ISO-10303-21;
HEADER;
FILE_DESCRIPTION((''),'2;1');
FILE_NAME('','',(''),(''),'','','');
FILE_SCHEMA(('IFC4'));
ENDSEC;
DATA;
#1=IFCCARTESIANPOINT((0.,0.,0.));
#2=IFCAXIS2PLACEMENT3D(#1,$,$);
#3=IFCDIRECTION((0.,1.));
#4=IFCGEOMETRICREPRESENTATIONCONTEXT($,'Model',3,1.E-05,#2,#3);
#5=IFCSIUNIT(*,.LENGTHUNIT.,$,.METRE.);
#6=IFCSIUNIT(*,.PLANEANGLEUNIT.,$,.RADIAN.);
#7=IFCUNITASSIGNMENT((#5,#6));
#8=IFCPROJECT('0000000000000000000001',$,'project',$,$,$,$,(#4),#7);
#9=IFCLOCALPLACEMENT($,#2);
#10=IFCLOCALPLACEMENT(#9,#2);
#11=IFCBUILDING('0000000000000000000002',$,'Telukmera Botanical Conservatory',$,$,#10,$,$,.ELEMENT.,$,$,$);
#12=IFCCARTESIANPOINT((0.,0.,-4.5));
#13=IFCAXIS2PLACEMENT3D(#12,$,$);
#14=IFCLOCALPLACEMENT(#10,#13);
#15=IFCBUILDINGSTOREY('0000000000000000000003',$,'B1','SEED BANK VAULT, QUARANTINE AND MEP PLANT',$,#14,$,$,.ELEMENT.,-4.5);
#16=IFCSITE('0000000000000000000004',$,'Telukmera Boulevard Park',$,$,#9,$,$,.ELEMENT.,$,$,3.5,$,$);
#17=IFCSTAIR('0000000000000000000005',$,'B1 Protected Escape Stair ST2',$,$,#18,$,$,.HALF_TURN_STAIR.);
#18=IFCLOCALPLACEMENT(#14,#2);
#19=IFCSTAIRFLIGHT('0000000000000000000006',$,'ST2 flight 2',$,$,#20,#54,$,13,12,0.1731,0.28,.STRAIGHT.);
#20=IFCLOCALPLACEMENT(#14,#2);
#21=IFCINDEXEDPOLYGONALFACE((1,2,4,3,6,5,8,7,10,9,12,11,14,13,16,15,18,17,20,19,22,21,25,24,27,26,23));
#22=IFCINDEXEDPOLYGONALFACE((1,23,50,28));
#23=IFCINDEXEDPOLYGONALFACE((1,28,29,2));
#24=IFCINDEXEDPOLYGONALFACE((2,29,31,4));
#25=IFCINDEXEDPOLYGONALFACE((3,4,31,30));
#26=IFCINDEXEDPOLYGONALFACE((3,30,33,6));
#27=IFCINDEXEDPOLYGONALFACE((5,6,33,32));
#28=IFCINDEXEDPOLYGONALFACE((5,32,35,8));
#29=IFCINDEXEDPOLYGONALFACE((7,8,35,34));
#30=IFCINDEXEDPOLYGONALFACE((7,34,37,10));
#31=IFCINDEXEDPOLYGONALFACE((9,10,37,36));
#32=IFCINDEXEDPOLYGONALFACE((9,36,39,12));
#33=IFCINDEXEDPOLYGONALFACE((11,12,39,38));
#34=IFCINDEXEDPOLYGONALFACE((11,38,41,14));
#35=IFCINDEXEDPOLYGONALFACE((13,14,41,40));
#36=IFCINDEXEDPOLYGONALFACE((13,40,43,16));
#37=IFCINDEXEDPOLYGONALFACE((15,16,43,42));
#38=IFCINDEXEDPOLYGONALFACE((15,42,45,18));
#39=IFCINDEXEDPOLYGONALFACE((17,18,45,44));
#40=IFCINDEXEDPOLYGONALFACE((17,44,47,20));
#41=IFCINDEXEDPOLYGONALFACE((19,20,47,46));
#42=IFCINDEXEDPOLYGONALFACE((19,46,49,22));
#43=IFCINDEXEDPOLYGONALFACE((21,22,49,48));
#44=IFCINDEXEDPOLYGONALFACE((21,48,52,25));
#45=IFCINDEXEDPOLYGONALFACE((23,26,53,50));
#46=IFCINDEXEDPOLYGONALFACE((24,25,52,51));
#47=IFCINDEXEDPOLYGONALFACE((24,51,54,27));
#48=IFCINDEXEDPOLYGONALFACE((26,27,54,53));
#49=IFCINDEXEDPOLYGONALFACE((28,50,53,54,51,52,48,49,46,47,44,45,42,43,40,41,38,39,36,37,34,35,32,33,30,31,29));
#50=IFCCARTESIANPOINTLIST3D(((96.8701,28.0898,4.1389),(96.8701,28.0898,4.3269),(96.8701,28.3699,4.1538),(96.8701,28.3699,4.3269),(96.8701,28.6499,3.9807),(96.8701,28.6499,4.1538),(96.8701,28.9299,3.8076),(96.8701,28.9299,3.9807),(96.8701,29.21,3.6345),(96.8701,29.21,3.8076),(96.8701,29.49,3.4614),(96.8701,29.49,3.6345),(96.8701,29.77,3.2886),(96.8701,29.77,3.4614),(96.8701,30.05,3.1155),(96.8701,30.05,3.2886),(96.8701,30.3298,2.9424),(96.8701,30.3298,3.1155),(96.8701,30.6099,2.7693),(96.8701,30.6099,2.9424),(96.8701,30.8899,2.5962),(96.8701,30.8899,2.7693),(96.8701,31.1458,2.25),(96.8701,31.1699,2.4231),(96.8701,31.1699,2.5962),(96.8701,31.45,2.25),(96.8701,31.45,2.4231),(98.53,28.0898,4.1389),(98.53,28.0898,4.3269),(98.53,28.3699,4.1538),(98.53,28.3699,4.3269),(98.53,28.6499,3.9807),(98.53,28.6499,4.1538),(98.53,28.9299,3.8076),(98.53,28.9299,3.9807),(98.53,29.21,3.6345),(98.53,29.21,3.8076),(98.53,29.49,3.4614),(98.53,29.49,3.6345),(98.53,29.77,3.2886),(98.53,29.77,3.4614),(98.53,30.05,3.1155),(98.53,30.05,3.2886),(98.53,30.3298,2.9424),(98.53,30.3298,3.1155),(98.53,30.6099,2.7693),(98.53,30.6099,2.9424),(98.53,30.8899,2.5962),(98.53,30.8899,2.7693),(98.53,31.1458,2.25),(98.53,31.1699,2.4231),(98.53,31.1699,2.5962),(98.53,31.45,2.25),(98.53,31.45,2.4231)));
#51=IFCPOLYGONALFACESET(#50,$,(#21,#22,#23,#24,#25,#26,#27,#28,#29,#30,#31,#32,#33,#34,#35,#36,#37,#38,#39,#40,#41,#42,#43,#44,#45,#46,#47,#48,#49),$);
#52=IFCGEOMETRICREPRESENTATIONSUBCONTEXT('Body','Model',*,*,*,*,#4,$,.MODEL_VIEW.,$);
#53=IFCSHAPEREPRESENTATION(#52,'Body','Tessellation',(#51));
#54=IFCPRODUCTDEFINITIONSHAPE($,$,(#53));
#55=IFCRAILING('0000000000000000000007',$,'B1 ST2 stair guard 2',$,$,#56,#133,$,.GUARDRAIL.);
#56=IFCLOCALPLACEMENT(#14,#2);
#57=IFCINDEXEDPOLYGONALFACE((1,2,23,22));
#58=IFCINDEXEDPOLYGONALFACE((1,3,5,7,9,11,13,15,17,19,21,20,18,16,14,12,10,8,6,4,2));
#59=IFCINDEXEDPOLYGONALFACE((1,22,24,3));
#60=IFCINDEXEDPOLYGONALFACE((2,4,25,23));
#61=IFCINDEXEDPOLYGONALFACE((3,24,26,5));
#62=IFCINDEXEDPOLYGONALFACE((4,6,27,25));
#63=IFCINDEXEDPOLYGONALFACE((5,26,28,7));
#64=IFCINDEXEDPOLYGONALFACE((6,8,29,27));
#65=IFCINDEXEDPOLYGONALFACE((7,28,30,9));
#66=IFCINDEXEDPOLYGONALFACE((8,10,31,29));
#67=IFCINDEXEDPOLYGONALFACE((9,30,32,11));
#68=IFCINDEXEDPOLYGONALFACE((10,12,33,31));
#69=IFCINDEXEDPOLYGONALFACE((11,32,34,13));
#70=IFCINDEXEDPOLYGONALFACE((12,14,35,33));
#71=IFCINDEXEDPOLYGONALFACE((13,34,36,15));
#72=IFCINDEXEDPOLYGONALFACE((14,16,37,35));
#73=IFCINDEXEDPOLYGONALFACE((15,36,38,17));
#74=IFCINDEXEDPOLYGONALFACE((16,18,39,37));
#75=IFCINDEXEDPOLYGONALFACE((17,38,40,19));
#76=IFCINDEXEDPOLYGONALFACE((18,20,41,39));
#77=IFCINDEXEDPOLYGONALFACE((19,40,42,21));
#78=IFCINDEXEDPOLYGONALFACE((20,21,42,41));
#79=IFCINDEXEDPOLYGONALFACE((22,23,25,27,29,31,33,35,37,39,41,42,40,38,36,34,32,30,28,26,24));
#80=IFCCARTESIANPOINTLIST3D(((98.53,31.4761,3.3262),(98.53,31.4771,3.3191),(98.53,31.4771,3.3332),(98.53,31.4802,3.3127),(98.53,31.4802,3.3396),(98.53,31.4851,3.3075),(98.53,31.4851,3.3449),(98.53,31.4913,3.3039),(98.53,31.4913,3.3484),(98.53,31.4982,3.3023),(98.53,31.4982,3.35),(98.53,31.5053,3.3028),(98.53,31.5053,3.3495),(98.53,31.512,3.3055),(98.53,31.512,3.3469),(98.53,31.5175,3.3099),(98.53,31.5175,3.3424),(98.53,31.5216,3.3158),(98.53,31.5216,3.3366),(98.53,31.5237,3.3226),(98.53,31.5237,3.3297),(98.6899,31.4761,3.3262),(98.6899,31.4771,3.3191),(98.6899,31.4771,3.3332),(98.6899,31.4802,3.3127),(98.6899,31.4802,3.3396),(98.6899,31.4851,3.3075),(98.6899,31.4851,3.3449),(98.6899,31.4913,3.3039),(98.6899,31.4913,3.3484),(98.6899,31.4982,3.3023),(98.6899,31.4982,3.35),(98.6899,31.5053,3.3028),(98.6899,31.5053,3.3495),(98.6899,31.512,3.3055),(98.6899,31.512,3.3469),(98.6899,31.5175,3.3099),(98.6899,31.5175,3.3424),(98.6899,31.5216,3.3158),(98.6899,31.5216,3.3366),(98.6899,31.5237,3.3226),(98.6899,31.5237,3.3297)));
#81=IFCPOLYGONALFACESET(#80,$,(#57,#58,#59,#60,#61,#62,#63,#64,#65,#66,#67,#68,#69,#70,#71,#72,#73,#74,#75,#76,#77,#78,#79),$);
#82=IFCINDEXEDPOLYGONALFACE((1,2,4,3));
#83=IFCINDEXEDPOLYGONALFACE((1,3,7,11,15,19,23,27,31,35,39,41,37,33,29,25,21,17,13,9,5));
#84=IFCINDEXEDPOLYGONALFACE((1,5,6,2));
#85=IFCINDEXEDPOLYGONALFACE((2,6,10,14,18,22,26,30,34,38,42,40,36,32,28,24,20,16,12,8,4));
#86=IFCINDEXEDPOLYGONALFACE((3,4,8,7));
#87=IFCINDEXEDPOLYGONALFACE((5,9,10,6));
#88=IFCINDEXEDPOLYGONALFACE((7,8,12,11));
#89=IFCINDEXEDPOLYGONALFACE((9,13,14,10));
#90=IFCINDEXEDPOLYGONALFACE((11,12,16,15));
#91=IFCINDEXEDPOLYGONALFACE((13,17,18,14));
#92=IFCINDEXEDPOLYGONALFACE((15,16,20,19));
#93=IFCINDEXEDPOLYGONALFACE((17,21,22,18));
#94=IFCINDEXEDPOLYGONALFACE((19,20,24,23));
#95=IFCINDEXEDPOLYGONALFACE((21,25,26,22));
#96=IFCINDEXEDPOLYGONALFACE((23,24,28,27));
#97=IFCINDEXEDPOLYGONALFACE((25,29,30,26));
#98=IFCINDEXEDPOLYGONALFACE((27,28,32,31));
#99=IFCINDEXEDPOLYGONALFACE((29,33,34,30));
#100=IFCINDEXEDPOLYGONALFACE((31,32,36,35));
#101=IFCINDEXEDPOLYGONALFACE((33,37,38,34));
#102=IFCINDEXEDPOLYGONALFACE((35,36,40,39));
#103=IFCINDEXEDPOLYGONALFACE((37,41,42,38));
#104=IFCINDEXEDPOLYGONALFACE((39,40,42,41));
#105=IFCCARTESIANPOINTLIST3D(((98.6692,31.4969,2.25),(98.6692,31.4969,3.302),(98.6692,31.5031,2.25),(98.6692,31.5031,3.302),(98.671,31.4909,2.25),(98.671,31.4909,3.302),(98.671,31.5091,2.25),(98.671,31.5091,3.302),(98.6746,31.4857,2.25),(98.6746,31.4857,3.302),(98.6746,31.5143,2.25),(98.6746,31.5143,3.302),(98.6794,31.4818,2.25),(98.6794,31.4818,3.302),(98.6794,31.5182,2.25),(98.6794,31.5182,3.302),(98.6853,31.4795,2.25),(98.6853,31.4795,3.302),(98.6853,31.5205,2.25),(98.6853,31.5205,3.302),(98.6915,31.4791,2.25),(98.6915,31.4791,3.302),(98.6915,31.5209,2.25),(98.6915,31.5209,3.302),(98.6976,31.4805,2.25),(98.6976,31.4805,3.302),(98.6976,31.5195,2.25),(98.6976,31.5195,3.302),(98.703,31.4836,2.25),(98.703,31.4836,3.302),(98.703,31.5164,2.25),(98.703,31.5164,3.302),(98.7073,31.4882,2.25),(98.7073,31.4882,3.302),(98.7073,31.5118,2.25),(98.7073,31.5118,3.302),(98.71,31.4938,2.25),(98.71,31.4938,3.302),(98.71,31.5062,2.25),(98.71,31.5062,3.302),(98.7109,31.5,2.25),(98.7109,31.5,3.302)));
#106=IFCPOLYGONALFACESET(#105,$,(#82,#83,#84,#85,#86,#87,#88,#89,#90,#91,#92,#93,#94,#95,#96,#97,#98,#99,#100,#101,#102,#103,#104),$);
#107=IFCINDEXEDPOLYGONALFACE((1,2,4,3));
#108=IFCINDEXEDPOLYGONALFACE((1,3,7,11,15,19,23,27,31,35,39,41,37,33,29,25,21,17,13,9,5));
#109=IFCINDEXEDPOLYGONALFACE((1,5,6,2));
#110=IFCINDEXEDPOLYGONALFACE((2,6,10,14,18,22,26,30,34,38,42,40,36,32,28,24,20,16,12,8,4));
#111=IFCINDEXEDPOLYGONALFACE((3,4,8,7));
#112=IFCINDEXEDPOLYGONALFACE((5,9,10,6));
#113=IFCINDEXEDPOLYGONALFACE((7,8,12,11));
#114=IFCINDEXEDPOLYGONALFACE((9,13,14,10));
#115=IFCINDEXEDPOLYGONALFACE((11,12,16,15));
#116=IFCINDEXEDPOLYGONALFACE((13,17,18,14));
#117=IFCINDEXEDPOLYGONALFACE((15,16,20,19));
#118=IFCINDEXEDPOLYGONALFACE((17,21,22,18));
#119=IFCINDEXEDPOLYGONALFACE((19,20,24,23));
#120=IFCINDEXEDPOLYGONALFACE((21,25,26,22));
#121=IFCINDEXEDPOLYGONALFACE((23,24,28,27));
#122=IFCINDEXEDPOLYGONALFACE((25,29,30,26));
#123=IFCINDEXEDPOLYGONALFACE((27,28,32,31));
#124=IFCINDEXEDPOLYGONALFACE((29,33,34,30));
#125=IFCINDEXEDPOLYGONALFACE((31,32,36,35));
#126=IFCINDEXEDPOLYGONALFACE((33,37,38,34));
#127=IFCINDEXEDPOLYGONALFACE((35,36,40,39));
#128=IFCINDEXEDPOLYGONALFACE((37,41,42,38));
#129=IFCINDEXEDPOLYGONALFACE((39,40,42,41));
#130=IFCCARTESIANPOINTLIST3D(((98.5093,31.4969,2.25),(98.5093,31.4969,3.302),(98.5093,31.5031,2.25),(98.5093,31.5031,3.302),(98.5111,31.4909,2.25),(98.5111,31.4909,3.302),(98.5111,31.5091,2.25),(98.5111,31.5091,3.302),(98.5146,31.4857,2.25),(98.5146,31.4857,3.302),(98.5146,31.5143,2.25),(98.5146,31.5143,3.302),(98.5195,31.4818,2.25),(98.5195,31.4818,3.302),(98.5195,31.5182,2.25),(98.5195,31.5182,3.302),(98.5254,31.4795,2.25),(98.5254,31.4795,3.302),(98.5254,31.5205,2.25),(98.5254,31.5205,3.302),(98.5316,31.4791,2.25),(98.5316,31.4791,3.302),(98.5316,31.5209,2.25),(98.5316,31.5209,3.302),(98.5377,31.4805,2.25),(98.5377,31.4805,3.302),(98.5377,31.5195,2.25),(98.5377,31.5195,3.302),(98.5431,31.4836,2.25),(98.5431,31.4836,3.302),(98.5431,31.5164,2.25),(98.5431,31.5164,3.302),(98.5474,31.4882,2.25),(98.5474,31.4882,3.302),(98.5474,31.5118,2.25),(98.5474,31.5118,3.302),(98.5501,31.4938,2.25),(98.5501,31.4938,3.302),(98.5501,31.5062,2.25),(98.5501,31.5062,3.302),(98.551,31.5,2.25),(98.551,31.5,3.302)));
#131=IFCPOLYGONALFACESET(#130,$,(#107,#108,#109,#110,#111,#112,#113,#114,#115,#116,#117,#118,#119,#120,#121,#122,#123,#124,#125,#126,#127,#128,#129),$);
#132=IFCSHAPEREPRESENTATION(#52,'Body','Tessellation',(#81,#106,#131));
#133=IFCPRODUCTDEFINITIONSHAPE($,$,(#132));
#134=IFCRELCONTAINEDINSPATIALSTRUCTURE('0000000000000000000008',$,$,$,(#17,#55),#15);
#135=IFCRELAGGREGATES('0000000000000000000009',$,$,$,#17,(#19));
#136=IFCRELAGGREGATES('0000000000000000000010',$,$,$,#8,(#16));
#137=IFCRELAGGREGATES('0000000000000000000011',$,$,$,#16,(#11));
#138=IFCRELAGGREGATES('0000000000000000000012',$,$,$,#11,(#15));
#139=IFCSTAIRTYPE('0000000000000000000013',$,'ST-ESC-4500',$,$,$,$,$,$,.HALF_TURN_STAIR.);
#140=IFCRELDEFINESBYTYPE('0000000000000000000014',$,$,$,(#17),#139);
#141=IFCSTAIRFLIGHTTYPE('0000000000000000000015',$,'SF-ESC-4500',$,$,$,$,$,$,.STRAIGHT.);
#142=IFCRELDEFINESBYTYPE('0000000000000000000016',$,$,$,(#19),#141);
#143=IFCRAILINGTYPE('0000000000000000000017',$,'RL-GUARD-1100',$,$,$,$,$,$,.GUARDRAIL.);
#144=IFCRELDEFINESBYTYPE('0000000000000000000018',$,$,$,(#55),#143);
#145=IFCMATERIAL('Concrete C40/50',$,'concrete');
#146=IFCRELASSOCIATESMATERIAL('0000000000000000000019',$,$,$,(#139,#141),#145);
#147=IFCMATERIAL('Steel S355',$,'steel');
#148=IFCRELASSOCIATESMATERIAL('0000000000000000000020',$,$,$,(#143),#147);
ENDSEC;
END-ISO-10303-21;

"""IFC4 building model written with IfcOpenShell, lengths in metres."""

from ifc_helpers import new_model, si_unit, direction, frame, origin, origin_2d, place, context, subcontext, project, spatial, polyline, circle, outline, extrude, material, type_object, element, aggregate, save


model = new_model("IFC4")

# Units and contexts
model_context = context("Model", 3, precision=1e-05, world=origin(), true_north=direction((0.0, 1.0)))
body_context = subcontext(model_context, "Body", "Model", "MODEL_VIEW")
ifc_project = project(units=[si_unit("LENGTHUNIT", "METRE"), si_unit("PLANEANGLEUNIT", "RADIAN")], contexts=[model_context])

# Site, building, storey
site_placement = place(None, origin())
site = spatial("IfcSite", under=ifc_project, at=site_placement, Name="Telukmera Boulevard Park", CompositionType="ELEMENT", RefElevation=3.5)
building_placement = place(site_placement, origin())
building = spatial("IfcBuilding", under=site, at=building_placement, Name="Telukmera Botanical Conservatory", CompositionType="ELEMENT")
storey_placement = place(building_placement, frame((0.0, 0.0, -4.5)))
storey = spatial("IfcBuildingStorey", under=building, at=storey_placement, Name="B1", Description="SEED BANK VAULT, QUARANTINE AND MEP PLANT", CompositionType="ELEMENT", Elevation=-4.5)

# Shared definitions
ifc_material_1 = material(Name="Concrete C40/50", Category="concrete")

# Stair, stair flight
stair_type = type_object("IfcStairType", Name="ST-ESC-4500", PredefinedType="HALF_TURN_STAIR", material=ifc_material_1)
stair_placement = place(storey_placement, origin())
stair = element("IfcStair", 1, at=stair_placement, inside=storey, type_object=stair_type, Name="B1 Protected Escape Stair ST2", PredefinedType="HALF_TURN_STAIR")
stair_flight_type = type_object("IfcStairFlightType", Name="SF-ESC-4500", PredefinedType="STRAIGHT", material=ifc_material_1)
stair_flight_placement = place(storey_placement, frame((97.7, 31.45, 2.25), z_axis=(0.0, 0.0, 1.0), x_axis=(0.0, -1.0, 0.0)))
stair_flight = element("IfcStairFlight", 2, at=stair_flight_placement, type_object=stair_flight_type, Name="ST2 flight 2", NumberOfRisers=13, NumberOfTreads=12, PredefinedType="STRAIGHT", RiserHeight=0.1731, TreadLength=0.28, context=body_context, shape_type="SweptSolid", body=[
    extrude(outline(polyline([(0.0, 0.0), (0.0, 0.1731), (0.28, 0.1731), (0.28, 0.3462), (0.5601, 0.3462), (0.5601, 0.5193), (0.8401, 0.5193), (0.8401, 0.6924), (1.1201, 0.6924), (1.1201, 0.8655), (1.3999, 0.8655), (1.3999, 1.0386), (1.6799, 1.0386), (1.6799, 1.2114), (1.96, 1.2114), (1.96, 1.3845), (2.24, 1.3845), (2.24, 1.5576), (2.52, 1.5576), (2.52, 1.7307), (2.8, 1.7307), (2.8, 1.9038), (3.0801, 1.9038), (3.0801, 2.0769), (3.3601, 2.0769), (3.3601, 2.25), (3.3601, 1.8889), (0.3042, 0.0), (0.0, 0.0)])), frame((0.0, 0.8301, 0.0), z_axis=(0.0, -1.0, 0.0), x_axis=(1.0, 0.0, 0.0)), (0.0, 0.0, 1.0), 1.6599),
])
aggregate(stair, [stair_flight])

# Railing
ifc_material_2 = material(Name="Steel S355", Category="steel")
railing_type_1 = type_object("IfcRailingType", Name="RL-GUARD-1100", PredefinedType="GUARDRAIL", material=ifc_material_2)
railing_1_placement = place(storey_placement, frame((98.6899, 31.5, 2.25)))
element("IfcRailing", 3, at=railing_1_placement, inside=storey, type_object=railing_type_1, Name="B1 ST2 stair guard 2", PredefinedType="GUARDRAIL", context=body_context, shape_type="SweptSolid", body=[
    extrude(circle(Radius=0.0239, at=origin_2d()), frame((0.0, 0.0, 1.0762), z_axis=(-1.0, 0.0, 0.0), x_axis=(0.0, -1.0, 0.0)), (0.0, 0.0, 1.0), 0.1599),
    extrude(circle(Radius=0.021, at=origin_2d()), origin(), (0.0, 0.0, 1.0), 1.052),
    extrude(circle(Radius=0.021, at=origin_2d()), frame((-0.1599, 0.0, 0.0)), (0.0, 0.0, 1.0), 1.052),
])

save(model, "model.ifc")
